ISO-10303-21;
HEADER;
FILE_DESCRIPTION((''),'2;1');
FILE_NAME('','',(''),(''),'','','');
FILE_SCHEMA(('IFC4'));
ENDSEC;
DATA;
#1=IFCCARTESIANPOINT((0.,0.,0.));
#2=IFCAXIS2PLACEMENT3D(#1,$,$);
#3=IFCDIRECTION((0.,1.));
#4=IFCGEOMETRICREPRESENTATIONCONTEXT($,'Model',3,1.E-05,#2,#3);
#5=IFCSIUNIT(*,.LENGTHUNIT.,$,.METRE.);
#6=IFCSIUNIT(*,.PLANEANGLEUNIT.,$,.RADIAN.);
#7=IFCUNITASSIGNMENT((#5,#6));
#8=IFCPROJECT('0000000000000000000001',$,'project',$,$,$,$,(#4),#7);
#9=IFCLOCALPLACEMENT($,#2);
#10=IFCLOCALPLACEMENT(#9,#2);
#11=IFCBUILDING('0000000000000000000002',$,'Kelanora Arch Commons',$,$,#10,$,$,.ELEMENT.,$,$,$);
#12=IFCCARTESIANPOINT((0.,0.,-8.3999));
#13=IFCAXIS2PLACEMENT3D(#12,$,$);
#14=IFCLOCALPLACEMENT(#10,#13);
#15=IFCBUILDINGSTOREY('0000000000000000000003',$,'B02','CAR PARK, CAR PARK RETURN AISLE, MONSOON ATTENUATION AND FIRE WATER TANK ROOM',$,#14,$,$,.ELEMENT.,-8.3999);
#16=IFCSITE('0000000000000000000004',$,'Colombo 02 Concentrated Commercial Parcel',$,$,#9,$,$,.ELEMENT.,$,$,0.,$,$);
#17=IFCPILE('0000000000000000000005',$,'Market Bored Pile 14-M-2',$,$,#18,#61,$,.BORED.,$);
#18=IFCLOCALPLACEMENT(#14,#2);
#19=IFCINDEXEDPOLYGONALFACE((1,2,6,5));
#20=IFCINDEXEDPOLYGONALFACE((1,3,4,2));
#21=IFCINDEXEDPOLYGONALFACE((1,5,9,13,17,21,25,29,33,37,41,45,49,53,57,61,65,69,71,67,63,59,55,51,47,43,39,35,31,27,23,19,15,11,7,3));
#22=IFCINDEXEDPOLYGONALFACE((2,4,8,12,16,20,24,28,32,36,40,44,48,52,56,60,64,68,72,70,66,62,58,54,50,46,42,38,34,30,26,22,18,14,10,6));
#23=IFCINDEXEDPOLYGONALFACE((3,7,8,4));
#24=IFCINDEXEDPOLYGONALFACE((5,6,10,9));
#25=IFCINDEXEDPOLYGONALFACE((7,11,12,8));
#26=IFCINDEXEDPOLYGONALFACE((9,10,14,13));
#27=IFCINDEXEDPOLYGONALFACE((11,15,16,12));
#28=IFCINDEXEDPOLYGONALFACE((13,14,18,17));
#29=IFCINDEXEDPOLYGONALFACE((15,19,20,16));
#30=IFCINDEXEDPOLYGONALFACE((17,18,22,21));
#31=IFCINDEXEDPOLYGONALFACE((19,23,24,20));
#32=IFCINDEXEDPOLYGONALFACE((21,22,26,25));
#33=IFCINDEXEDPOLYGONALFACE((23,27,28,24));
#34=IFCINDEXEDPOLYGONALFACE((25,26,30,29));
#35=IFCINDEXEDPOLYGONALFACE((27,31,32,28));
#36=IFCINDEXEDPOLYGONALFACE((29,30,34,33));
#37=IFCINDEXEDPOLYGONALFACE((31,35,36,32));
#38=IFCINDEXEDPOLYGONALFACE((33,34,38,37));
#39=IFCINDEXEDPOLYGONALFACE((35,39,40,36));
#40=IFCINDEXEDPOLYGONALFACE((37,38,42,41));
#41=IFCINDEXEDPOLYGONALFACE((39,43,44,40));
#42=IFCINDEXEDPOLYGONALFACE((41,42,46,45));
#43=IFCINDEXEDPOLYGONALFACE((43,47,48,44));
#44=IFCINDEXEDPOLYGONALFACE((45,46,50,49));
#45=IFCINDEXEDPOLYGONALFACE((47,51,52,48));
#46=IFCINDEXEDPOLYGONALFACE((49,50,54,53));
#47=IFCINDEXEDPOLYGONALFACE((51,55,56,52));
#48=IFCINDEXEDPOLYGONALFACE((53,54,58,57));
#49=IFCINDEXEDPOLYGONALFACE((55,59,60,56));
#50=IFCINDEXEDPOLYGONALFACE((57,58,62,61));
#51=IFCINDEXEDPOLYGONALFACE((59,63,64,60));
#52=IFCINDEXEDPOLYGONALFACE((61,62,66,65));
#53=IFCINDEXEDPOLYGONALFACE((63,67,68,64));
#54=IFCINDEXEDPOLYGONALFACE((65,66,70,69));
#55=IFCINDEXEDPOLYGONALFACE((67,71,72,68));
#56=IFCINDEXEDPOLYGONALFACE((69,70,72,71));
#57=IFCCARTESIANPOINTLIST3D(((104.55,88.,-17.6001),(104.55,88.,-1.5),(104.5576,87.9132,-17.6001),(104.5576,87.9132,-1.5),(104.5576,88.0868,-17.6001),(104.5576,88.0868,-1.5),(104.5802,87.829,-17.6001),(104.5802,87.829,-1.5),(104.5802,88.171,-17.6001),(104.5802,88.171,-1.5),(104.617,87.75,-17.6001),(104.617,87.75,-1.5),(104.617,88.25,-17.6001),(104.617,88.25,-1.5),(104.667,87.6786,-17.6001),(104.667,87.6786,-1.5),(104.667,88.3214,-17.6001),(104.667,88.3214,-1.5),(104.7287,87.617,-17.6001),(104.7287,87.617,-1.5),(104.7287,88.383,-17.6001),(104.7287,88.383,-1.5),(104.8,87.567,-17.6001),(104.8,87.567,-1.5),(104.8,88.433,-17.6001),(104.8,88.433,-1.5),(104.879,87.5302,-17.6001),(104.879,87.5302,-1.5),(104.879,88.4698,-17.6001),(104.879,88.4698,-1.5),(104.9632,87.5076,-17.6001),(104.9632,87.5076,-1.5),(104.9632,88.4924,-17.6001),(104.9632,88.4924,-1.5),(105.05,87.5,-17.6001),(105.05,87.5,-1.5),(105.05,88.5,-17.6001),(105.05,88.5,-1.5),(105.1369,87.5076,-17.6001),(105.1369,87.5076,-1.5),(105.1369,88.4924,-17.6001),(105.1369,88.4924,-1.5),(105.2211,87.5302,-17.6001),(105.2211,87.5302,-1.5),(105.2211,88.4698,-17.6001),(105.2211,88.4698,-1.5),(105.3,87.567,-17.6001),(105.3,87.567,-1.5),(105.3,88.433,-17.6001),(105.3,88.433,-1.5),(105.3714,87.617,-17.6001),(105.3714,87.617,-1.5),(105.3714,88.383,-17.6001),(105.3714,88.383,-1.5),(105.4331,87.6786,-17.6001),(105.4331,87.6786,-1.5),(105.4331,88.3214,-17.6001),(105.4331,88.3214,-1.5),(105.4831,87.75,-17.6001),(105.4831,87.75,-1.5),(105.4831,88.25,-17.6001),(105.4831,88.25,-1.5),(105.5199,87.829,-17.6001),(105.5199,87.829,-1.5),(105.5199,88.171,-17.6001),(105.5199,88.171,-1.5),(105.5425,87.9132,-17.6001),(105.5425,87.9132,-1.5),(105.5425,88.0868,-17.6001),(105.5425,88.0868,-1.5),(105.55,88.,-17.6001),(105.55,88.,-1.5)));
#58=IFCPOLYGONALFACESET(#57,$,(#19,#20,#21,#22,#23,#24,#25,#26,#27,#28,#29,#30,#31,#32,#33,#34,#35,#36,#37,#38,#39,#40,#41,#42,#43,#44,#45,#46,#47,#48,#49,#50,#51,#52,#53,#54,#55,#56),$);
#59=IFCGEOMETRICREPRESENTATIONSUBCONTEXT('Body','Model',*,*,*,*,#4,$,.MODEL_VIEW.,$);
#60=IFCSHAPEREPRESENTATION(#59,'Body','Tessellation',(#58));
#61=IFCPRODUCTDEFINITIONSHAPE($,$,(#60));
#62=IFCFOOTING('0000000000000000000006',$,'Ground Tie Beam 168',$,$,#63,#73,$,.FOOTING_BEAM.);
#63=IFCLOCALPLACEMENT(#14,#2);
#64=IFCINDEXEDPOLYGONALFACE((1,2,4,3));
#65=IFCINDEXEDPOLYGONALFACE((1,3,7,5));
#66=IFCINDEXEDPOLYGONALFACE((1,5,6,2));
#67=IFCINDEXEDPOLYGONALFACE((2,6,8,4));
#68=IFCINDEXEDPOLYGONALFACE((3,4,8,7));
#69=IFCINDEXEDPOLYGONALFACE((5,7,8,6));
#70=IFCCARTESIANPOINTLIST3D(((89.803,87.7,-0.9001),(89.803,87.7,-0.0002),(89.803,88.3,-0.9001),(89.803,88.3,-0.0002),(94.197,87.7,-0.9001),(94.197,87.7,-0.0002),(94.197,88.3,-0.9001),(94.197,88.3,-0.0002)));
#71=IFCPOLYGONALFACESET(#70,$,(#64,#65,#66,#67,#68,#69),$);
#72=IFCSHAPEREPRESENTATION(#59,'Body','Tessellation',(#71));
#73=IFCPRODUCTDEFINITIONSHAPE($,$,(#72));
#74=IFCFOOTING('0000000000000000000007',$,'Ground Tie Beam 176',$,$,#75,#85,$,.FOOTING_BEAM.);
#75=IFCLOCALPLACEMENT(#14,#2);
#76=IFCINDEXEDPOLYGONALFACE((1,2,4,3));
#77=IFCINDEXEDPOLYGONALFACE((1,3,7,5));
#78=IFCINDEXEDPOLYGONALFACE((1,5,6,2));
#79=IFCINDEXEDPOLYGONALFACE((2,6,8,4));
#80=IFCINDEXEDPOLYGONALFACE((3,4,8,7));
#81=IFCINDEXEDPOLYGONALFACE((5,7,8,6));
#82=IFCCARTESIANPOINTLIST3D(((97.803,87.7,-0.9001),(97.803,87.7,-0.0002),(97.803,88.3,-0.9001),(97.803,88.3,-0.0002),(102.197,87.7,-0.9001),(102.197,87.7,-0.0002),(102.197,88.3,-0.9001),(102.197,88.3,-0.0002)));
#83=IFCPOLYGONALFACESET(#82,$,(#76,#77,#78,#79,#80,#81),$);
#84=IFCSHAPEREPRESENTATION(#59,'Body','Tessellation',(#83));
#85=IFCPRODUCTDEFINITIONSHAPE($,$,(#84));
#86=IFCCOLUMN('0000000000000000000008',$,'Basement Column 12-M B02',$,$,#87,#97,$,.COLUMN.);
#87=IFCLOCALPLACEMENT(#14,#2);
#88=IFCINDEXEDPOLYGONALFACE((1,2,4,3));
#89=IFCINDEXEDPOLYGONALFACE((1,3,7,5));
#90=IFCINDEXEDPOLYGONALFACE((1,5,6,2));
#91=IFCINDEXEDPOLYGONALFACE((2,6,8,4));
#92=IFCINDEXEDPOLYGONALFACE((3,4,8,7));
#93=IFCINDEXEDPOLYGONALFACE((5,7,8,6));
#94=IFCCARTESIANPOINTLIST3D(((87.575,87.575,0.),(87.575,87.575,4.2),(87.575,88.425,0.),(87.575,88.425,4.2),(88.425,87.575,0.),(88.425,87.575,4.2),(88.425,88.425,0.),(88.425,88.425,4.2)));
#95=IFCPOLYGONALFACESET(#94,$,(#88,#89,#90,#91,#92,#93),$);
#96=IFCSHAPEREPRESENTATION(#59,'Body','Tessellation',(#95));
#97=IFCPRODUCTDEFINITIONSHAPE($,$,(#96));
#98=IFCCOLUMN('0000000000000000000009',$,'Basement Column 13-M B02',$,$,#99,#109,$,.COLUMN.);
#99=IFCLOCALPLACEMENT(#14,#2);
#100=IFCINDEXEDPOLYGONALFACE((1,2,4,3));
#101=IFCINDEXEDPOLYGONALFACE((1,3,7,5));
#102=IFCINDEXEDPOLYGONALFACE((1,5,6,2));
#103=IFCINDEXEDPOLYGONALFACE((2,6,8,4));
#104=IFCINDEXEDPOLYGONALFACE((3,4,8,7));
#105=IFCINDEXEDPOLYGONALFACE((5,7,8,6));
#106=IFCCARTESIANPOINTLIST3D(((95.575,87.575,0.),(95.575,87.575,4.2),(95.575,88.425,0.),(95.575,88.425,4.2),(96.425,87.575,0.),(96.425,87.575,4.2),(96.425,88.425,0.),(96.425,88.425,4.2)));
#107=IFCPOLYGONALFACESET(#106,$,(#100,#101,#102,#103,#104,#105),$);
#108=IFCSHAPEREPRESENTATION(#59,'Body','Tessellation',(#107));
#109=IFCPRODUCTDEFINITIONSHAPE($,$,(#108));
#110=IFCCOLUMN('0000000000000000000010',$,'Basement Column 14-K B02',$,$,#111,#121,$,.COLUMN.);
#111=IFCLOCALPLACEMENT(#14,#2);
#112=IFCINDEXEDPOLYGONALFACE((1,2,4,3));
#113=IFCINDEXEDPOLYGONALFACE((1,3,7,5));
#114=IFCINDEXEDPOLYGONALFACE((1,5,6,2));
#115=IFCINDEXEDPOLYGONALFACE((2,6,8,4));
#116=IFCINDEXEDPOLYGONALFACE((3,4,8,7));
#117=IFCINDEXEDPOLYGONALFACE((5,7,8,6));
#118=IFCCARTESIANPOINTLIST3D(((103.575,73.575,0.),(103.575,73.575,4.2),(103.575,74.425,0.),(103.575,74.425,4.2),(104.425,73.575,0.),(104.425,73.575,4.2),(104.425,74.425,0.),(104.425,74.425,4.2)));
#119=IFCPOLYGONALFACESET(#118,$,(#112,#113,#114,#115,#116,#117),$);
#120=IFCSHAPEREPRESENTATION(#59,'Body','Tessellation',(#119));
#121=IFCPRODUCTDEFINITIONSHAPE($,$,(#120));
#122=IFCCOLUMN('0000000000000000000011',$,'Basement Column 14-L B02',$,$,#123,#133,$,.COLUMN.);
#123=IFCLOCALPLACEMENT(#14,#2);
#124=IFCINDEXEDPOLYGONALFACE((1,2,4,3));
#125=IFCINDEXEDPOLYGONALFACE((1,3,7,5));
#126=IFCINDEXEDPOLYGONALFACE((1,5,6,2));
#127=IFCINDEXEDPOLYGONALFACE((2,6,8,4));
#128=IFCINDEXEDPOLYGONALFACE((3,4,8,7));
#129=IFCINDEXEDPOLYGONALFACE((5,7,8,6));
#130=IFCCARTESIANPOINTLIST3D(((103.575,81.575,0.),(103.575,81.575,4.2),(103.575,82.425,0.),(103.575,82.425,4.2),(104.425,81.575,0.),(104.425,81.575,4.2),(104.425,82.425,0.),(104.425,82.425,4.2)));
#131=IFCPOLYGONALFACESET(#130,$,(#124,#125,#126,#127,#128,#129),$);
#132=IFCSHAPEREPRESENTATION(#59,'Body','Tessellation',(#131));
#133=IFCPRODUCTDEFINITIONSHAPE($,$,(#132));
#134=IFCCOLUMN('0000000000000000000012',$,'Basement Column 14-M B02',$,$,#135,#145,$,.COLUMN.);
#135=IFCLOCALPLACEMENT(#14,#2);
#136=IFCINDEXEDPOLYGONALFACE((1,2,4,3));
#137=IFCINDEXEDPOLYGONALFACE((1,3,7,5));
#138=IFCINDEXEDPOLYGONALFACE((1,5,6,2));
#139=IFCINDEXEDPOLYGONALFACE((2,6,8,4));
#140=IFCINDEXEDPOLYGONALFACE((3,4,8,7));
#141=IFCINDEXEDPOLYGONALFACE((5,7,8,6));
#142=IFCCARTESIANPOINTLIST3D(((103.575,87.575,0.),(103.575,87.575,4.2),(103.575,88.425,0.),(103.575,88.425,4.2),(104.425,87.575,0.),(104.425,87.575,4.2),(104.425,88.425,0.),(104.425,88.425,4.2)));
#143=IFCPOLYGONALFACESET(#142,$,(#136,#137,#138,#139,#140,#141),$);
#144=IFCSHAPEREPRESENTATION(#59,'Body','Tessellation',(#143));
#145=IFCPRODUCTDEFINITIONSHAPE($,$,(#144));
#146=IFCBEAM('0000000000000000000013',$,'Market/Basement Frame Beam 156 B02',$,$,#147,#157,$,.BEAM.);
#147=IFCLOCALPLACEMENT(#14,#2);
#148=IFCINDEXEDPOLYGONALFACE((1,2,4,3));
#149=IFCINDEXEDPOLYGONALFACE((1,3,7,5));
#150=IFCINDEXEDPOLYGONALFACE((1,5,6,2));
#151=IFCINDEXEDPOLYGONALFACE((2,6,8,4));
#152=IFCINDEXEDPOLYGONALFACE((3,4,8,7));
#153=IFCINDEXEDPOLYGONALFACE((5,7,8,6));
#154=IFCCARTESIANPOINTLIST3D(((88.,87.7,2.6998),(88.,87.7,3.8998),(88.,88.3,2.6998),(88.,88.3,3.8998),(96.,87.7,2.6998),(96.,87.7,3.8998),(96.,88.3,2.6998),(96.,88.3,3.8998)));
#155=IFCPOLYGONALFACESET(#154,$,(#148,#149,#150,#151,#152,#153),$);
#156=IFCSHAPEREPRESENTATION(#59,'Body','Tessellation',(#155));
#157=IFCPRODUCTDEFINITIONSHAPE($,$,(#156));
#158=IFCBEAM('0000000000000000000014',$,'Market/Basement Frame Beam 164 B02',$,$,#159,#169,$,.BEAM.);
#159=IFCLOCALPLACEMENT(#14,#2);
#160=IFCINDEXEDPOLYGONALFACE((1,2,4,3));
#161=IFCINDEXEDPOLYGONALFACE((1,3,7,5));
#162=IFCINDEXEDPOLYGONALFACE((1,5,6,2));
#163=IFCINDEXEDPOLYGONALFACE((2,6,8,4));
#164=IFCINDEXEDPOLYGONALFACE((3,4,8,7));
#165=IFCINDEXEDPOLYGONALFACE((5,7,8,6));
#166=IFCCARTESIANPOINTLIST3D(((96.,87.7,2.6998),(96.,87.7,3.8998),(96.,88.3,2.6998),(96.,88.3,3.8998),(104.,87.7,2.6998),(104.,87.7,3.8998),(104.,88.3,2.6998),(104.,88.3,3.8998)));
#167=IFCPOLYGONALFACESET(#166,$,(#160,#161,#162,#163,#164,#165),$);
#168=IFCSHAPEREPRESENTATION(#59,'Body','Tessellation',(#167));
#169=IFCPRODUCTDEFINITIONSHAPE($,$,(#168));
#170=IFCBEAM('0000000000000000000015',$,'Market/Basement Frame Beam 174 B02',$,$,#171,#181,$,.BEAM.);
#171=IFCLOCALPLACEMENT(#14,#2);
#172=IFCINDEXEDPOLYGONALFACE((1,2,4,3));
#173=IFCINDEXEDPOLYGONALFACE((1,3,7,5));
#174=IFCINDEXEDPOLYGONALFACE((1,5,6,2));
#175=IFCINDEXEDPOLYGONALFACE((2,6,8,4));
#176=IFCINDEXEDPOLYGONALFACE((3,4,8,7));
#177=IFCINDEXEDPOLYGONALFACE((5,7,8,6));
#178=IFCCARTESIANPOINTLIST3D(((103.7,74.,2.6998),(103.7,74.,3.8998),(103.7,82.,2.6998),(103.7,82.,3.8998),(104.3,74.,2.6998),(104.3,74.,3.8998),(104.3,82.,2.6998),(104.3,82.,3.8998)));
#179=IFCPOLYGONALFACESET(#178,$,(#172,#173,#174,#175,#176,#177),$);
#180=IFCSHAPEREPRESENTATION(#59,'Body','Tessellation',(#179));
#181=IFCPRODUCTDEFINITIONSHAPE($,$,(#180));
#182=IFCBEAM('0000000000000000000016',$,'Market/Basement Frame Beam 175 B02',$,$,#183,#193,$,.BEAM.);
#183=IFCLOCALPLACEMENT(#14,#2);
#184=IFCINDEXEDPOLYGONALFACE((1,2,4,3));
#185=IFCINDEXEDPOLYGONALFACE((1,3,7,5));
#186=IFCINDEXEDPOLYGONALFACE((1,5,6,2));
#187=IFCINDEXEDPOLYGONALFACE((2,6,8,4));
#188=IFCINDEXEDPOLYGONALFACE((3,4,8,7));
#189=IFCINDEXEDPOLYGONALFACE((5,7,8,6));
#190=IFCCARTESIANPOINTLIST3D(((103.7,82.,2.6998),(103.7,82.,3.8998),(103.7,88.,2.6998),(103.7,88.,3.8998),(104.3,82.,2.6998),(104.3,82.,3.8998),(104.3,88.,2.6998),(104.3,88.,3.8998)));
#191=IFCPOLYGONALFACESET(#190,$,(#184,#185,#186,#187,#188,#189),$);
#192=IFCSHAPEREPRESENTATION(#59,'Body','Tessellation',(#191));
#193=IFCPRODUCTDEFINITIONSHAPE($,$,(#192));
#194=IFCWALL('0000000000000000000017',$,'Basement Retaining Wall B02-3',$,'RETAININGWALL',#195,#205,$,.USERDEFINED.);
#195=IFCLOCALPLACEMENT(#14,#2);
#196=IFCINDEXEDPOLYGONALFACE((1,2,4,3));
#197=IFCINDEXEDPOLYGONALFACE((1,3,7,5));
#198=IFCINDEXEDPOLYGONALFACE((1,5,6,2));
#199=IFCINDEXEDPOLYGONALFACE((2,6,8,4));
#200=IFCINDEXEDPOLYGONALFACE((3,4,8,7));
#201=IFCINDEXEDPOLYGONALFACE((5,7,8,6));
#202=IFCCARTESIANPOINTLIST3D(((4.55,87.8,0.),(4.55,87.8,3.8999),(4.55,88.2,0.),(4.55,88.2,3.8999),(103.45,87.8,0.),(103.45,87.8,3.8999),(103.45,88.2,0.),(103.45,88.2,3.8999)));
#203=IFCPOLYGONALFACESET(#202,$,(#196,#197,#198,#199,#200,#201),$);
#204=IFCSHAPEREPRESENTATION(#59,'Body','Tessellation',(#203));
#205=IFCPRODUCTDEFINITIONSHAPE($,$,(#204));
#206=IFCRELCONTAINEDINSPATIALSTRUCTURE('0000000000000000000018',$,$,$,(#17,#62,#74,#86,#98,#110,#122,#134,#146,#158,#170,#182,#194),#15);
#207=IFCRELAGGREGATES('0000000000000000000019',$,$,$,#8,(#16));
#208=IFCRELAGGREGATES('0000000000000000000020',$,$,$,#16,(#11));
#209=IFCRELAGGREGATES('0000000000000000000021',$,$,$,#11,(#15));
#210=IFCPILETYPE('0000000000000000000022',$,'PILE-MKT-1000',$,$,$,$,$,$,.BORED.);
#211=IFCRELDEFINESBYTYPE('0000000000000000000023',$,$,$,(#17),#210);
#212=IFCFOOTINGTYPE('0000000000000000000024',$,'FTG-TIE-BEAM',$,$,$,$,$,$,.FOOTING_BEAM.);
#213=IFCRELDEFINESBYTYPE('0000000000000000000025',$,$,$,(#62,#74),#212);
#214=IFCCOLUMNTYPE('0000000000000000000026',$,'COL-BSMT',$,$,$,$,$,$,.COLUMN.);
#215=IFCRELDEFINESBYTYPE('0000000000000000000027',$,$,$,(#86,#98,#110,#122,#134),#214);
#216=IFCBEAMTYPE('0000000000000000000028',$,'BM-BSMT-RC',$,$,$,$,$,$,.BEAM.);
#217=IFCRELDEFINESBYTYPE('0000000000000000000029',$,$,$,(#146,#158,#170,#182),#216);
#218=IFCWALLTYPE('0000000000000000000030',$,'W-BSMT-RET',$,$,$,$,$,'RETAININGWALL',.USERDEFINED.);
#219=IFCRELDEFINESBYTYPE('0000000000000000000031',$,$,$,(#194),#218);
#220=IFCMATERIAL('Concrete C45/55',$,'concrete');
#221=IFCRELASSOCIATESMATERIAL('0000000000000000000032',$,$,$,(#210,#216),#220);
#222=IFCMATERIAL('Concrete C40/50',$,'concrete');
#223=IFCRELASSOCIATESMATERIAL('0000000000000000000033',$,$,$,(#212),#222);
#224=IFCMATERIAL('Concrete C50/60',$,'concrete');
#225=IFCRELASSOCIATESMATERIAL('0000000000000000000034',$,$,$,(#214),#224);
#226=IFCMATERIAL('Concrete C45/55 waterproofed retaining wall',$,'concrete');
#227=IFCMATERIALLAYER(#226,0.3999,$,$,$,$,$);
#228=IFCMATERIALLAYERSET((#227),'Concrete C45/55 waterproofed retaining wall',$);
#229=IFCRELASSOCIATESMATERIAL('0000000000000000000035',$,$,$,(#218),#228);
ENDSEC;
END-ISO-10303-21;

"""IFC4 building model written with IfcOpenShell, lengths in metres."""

from ifc_helpers import new_model, si_unit, direction, frame, frame_2d, origin, origin_2d, place, context, subcontext, project, spatial, rectangle, circle, extrude, source, transform, mapped, material, layer, layer_set, material_profile, profile_set, type_object, element, save


model = new_model("IFC4")

# Units and contexts
model_context = context("Model", 3, precision=1e-05, world=origin(), true_north=direction((0.0, 1.0)))
body_context = subcontext(model_context, "Body", "Model", "MODEL_VIEW")
ifc_project = project(units=[si_unit("LENGTHUNIT", "METRE"), si_unit("PLANEANGLEUNIT", "RADIAN")], contexts=[model_context])

# Site, building, storey
site_placement = place(None, origin())
site = spatial("IfcSite", under=ifc_project, at=site_placement, Name="Colombo 02 Concentrated Commercial Parcel", CompositionType="ELEMENT", RefElevation=0.0)
building_placement = place(site_placement, origin())
building = spatial("IfcBuilding", under=site, at=building_placement, Name="Kelanora Arch Commons", CompositionType="ELEMENT")
storey_placement = place(building_placement, frame((0.0, 0.0, -8.3999)))
storey = spatial("IfcBuildingStorey", under=building, at=storey_placement, Name="B02", Description="CAR PARK, CAR PARK RETURN AISLE, MONSOON ATTENUATION AND FIRE WATER TANK ROOM", CompositionType="ELEMENT", Elevation=-8.3999)

# Shared definitions
ifc_material_1 = material(Name="Concrete C45/55", Category="concrete")

# Shared definitions
ifc_material_2 = material(Name="Concrete C40/50", Category="concrete")

# Pile
ifc_material_profile_1 = material_profile(ifc_material_1, circle(Radius=0.5, at=origin_2d()), Name="PILE1000")
ifc_profile_set_1 = profile_set([ifc_material_profile_1], Name="Concrete C45/55")
pile_type_1 = type_object("IfcPileType", Name="PILE-MKT-1000", PredefinedType="BORED", material=ifc_profile_set_1)
shared_shape_1 = source(origin(), body_context, "Body", "SweptSolid", [
    extrude(circle(Radius=0.5, at=origin_2d()), origin(), (0.0, 0.0, 1.0), 16.1001),
])
for number, where, z_axis, x_axis, name in (
    (1, (105.05, 88.0, -1.5), (0.0, 0.0, -1.0), (1.0, 0.0, 0.0), "Market Bored Pile 14-M-2"),
):
    element("IfcPile", number, at=place(storey_placement, frame(where, z_axis=z_axis, x_axis=x_axis)), inside=storey, type_object=pile_type_1, Name=name, PredefinedType="BORED", context=body_context, shape_type="MappedRepresentation", body=[
        mapped(shared_shape_1, transform((0.0, 0.0, 0.0), scale=1.0)),
    ])

# Footings
footing_type_1 = type_object("IfcFootingType", Name="FTG-TIE-BEAM", PredefinedType="FOOTING_BEAM", material=ifc_material_2)
shared_shape_2 = source(origin(), body_context, "Body", "SweptSolid", [
    extrude(rectangle(XDim=4.394, YDim=0.6001, at=origin_2d()), origin(), (0.0, 0.0, 1.0), 0.8999),
])
for number, where, z_axis, x_axis, name in (
    (2, (92.0, 88.0, -0.9001), (0.0, 0.0, 1.0), (1.0, 0.0, 0.0), "Ground Tie Beam 168"),
    (3, (100.0, 88.0, -0.9001), (0.0, 0.0, 1.0), (1.0, 0.0, 0.0), "Ground Tie Beam 176"),
):
    element("IfcFooting", number, at=place(storey_placement, frame(where, z_axis=z_axis, x_axis=x_axis)), inside=storey, type_object=footing_type_1, Name=name, PredefinedType="FOOTING_BEAM", context=body_context, shape_type="MappedRepresentation", body=[
        mapped(shared_shape_2, transform((0.0, 0.0, 0.0), scale=1.0)),
    ])

# Columns
ifc_material_3 = material(Name="Concrete C50/60", Category="concrete")
ifc_material_profile_2 = material_profile(ifc_material_3, rectangle(XDim=0.8501, YDim=0.8501, at=origin_2d()), Name="RC850x850")
ifc_profile_set_2 = profile_set([ifc_material_profile_2], Name="Concrete C50/60")
column_type = type_object("IfcColumnType", Name="COL-BSMT", PredefinedType="COLUMN", material=ifc_profile_set_2)
for number, where, z_axis, x_axis, name in (
    (4, (88.0, 88.0, 0.0), (0.0, 0.0, 1.0), (1.0, 0.0, 0.0), "Basement Column 12-M B02"),
    (5, (96.0, 88.0, 0.0), (0.0, 0.0, 1.0), (1.0, 0.0, 0.0), "Basement Column 13-M B02"),
    (6, (104.0, 74.0, 0.0), (0.0, 0.0, 1.0), (1.0, 0.0, 0.0), "Basement Column 14-K B02"),
    (7, (104.0, 82.0, 0.0), (0.0, 0.0, 1.0), (1.0, 0.0, 0.0), "Basement Column 14-L B02"),
    (8, (104.0, 88.0, 0.0), (0.0, 0.0, 1.0), (1.0, 0.0, 0.0), "Basement Column 14-M B02"),
):
    element("IfcColumn", number, at=place(storey_placement, frame(where, z_axis=z_axis, x_axis=x_axis)), inside=storey, type_object=column_type, Name=name, PredefinedType="COLUMN", context=body_context, shape_type="SweptSolid", body=[
        extrude(rectangle(XDim=0.8501, YDim=0.8501, at=origin_2d()), origin(), (0.0, 0.0, 1.0), 4.2),
    ])

# Beams
ifc_material_profile_3 = material_profile(ifc_material_1, rectangle(XDim=0.6001, YDim=1.2, at=origin_2d()), Name="RCB600x1200")
ifc_profile_set_3 = profile_set([ifc_material_profile_3], Name="Concrete C45/55")
beam_type = type_object("IfcBeamType", Name="BM-BSMT-RC", PredefinedType="BEAM", material=ifc_profile_set_3)
for number, where, z_axis, x_axis, name in (
    (9, (88.0, 88.0, 3.2998), (1.0, 0.0, 0.0), (0.0, 1.0, 0.0), "Market/Basement Frame Beam 156 B02"),
    (10, (96.0, 88.0, 3.2998), (1.0, 0.0, 0.0), (0.0, 1.0, 0.0), "Market/Basement Frame Beam 164 B02"),
    (11, (104.0, 74.0, 3.2998), (0.0, 1.0, 0.0), (-1.0, 0.0, 0.0), "Market/Basement Frame Beam 174 B02"),
):
    element("IfcBeam", number, at=place(storey_placement, frame(where, z_axis=z_axis, x_axis=x_axis)), inside=storey, type_object=beam_type, Name=name, PredefinedType="BEAM", context=body_context, shape_type="SweptSolid", body=[
        extrude(rectangle(XDim=0.6001, YDim=1.2, at=origin_2d()), origin(), (0.0, 0.0, 1.0), 8.0),
    ])
beam_placement = place(storey_placement, frame((104.0, 82.0, 3.2998), z_axis=(0.0, 1.0, 0.0), x_axis=(-1.0, 0.0, 0.0)))
element("IfcBeam", 12, at=beam_placement, inside=storey, type_object=beam_type, Name="Market/Basement Frame Beam 175 B02", PredefinedType="BEAM", context=body_context, shape_type="SweptSolid", body=[
    extrude(rectangle(XDim=0.6001, YDim=1.2, at=origin_2d()), origin(), (0.0, 0.0, 1.0), 6.0),
])

# Wall
ifc_material_4 = material(Name="Concrete C45/55 waterproofed retaining wall", Category="concrete")
ifc_layer = layer(ifc_material_4, 0.3999)
ifc_layer_set = layer_set([ifc_layer], Name="Concrete C45/55 waterproofed retaining wall")
wall_type = type_object("IfcWallType", Name="W-BSMT-RET", ElementType="RETAININGWALL", PredefinedType="USERDEFINED", material=ifc_layer_set)
wall_placement = place(storey_placement, frame((103.45, 88.0, 0.0), z_axis=(0.0, 0.0, 1.0), x_axis=(-1.0, 0.0, 0.0)))
element("IfcWall", 13, at=wall_placement, inside=storey, type_object=wall_type, Name="Basement Retaining Wall B02-3", ObjectType="RETAININGWALL", PredefinedType="USERDEFINED", context=body_context, shape_type="SweptSolid", body=[
    extrude(rectangle(XDim=98.8999, YDim=0.3999, at=frame_2d((49.45, 0.0))), origin(), (0.0, 0.0, 1.0), 3.8999),
])

save(model, "model.ifc")
